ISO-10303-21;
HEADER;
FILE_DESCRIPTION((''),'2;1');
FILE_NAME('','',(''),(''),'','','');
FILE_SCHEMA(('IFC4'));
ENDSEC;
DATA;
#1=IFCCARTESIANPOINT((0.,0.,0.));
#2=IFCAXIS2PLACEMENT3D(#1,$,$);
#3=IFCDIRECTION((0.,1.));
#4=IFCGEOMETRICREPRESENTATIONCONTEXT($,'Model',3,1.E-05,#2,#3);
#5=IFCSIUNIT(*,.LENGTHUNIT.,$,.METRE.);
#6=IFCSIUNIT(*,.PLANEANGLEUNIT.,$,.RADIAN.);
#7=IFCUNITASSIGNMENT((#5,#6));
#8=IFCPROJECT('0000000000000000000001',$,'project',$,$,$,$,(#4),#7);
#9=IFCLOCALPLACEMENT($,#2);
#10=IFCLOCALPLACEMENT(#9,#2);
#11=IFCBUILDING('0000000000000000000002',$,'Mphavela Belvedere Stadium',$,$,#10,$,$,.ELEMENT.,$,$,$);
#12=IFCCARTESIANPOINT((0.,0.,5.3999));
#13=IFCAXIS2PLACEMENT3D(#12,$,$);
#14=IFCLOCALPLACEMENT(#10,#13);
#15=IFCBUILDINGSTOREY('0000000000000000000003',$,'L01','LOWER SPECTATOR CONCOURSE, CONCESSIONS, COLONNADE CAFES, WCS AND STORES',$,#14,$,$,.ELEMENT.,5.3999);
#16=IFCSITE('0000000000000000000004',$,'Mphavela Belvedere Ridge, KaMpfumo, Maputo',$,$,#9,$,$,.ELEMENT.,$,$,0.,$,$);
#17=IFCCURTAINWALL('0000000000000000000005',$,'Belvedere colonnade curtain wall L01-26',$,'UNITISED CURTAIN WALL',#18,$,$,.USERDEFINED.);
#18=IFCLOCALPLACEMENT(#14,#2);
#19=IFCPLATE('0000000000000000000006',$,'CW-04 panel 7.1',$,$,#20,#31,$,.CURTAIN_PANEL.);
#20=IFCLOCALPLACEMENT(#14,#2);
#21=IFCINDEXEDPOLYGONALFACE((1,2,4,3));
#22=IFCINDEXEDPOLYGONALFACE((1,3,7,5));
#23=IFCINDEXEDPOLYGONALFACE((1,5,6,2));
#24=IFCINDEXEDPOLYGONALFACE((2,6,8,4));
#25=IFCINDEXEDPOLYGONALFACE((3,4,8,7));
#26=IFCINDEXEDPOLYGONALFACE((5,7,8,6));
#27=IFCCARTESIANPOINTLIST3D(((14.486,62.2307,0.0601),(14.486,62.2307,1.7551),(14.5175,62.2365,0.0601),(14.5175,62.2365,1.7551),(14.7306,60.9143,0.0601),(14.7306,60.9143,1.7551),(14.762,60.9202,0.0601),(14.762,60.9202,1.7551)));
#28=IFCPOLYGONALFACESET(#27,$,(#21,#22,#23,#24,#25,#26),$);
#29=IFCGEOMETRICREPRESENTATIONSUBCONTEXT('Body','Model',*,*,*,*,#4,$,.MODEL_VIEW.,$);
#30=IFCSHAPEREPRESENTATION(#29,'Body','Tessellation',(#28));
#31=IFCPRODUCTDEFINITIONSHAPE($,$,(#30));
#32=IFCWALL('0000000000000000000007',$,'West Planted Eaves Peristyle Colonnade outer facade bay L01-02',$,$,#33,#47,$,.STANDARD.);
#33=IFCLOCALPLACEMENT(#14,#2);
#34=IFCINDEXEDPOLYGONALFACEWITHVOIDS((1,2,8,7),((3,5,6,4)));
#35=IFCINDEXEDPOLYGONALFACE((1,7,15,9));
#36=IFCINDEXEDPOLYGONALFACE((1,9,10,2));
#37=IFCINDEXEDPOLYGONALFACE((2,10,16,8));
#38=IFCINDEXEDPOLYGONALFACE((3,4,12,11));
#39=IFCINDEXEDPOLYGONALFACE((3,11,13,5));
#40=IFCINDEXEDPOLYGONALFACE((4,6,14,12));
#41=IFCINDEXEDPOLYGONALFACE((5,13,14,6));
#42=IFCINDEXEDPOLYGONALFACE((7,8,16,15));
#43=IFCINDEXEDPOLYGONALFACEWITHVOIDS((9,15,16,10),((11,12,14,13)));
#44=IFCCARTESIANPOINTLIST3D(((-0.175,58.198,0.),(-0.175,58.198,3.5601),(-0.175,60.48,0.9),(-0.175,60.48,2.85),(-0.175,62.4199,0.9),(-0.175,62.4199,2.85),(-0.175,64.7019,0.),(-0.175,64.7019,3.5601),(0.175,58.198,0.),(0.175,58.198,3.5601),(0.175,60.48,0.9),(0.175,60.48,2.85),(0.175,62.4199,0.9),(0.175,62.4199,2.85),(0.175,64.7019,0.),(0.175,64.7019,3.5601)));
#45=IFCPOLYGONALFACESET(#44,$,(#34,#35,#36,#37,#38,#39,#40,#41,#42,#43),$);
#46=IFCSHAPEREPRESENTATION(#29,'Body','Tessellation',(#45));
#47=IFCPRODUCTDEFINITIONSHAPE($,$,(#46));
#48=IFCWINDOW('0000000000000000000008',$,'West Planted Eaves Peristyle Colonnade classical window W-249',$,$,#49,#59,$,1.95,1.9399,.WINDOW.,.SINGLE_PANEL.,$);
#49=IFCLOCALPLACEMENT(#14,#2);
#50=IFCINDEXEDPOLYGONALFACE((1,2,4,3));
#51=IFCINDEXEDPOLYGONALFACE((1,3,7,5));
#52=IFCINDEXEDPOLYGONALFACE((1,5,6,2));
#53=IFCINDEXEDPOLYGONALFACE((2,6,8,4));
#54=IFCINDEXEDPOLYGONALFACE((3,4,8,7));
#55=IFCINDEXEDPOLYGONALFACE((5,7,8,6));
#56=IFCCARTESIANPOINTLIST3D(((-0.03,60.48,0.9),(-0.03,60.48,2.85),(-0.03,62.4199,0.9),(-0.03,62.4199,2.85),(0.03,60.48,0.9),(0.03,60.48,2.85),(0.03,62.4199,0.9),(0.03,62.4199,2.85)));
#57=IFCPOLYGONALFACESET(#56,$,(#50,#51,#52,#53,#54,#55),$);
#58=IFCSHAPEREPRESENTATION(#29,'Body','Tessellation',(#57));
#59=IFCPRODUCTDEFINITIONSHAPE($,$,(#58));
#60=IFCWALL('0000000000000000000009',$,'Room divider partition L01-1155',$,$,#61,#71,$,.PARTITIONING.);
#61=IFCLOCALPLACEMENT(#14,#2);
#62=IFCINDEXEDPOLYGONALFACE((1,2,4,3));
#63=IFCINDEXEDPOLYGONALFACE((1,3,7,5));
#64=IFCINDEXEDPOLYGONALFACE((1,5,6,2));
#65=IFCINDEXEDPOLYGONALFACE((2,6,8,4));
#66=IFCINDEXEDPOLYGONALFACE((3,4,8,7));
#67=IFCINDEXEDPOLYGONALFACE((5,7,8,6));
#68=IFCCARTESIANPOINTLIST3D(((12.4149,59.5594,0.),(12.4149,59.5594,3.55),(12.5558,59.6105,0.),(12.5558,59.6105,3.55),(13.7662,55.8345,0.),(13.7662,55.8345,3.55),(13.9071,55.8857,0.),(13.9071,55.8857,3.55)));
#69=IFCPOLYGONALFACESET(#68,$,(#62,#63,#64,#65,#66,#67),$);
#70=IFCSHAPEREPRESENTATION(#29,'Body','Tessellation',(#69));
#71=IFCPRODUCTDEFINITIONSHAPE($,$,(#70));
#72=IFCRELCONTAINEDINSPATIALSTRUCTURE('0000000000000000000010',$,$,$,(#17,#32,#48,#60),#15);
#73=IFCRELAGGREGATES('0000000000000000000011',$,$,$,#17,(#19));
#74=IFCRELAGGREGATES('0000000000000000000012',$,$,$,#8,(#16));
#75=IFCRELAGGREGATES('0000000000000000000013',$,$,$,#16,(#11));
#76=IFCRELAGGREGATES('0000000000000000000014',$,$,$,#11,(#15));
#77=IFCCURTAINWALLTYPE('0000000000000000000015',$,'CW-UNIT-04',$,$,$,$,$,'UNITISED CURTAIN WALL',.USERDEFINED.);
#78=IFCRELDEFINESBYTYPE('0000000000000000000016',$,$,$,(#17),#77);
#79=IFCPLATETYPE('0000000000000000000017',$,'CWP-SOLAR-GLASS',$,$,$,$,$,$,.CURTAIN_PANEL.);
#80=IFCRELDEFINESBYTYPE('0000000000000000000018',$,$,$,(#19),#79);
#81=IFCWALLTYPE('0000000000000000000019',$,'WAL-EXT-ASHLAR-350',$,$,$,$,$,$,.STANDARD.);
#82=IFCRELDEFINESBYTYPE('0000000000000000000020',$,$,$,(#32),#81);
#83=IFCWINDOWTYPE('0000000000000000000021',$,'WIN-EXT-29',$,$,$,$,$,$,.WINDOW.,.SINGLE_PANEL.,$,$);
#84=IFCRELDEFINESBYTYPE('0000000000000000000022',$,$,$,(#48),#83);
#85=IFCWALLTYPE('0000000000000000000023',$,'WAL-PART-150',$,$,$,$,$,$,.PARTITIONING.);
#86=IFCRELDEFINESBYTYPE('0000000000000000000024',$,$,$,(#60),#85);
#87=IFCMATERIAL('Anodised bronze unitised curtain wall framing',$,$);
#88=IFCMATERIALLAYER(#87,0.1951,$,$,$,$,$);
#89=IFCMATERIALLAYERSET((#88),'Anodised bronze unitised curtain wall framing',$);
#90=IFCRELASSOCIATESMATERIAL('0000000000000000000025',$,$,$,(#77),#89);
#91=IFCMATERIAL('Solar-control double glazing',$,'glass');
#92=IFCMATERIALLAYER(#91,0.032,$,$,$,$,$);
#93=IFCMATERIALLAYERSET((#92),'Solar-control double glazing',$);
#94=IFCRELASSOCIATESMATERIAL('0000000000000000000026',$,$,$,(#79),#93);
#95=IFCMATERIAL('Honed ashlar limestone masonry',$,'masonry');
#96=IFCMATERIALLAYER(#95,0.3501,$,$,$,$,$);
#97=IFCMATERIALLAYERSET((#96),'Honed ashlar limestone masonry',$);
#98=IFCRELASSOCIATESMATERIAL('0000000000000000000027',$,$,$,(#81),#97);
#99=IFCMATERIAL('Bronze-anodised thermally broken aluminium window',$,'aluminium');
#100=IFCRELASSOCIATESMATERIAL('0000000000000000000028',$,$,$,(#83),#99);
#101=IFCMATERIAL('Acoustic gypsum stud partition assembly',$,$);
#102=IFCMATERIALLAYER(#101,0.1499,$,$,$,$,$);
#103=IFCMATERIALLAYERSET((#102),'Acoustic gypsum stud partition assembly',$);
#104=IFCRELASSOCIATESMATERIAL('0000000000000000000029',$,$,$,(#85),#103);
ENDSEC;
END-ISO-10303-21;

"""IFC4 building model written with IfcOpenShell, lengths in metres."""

from ifc_helpers import new_model, si_unit, direction, frame, frame_2d, origin, origin_2d, place, context, subcontext, project, spatial, rectangle, extrude, material, layer, layer_set, type_object, element, fill, aggregate, save


model = new_model("IFC4")

# Units and contexts
model_context = context("Model", 3, precision=1e-05, world=origin(), true_north=direction((0.0, 1.0)))
body_context = subcontext(model_context, "Body", "Model", "MODEL_VIEW")
ifc_project = project(units=[si_unit("LENGTHUNIT", "METRE"), si_unit("PLANEANGLEUNIT", "RADIAN")], contexts=[model_context])

# Site, building, storey
site_placement = place(None, origin())
site = spatial("IfcSite", under=ifc_project, at=site_placement, Name="Mphavela Belvedere Ridge, KaMpfumo, Maputo", CompositionType="ELEMENT", RefElevation=0.0)
building_placement = place(site_placement, origin())
building = spatial("IfcBuilding", under=site, at=building_placement, Name="Mphavela Belvedere Stadium", CompositionType="ELEMENT")
storey_placement = place(building_placement, frame((0.0, 0.0, 5.3999)))
storey = spatial("IfcBuildingStorey", under=building, at=storey_placement, Name="L01", Description="LOWER SPECTATOR CONCOURSE, CONCESSIONS, COLONNADE CAFES, WCS AND STORES", CompositionType="ELEMENT", Elevation=5.3999)

# Curtain wall, plate
ifc_material_1 = material(Name="Anodised bronze unitised curtain wall framing")
ifc_layer_1 = layer(ifc_material_1, 0.1951)
ifc_layer_set_1 = layer_set([ifc_layer_1], Name="Anodised bronze unitised curtain wall framing")
curtain_wall_type = type_object("IfcCurtainWallType", Name="CW-UNIT-04", ElementType="UNITISED CURTAIN WALL", PredefinedType="USERDEFINED", material=ifc_layer_set_1)
curtain_wall_placement = place(storey_placement, origin())
curtain_wall = element("IfcCurtainWall", 1, at=curtain_wall_placement, inside=storey, type_object=curtain_wall_type, Name="Belvedere colonnade curtain wall L01-26", ObjectType="UNITISED CURTAIN WALL", PredefinedType="USERDEFINED")
ifc_material_2 = material(Name="Solar-control double glazing", Category="glass")
ifc_layer_2 = layer(ifc_material_2, 0.032)
ifc_layer_set_2 = layer_set([ifc_layer_2], Name="Solar-control double glazing")
plate_type = type_object("IfcPlateType", Name="CWP-SOLAR-GLASS", PredefinedType="CURTAIN_PANEL", material=ifc_layer_set_2)
plate_1_placement = place(storey_placement, frame((14.624, 61.5754, 0.0601), z_axis=(0.0, 0.0, 1.0), x_axis=(0.18262, -0.983184, 0.0)))
plate_1 = element("IfcPlate", 2, at=plate_1_placement, type_object=plate_type, Name="CW-04 panel 7.1", PredefinedType="CURTAIN_PANEL", context=body_context, shape_type="SweptSolid", body=[
    extrude(rectangle(XDim=1.3389, YDim=0.032, at=origin_2d()), origin(), (0.0, 0.0, 1.0), 1.6951),
])
aggregate(curtain_wall, [plate_1])

# Wall, opening, window
ifc_material_3 = material(Name="Honed ashlar limestone masonry", Category="masonry")
ifc_layer_3 = layer(ifc_material_3, 0.3501)
ifc_layer_set_3 = layer_set([ifc_layer_3], Name="Honed ashlar limestone masonry")
wall_type_1 = type_object("IfcWallType", Name="WAL-EXT-ASHLAR-350", PredefinedType="STANDARD", material=ifc_layer_set_3)
wall_1_placement = place(storey_placement, frame((0.0, 58.198, 0.0), z_axis=(0.0, 0.0, 1.0), x_axis=(0.0, 1.0, 0.0)))
wall_1 = element("IfcWall", 3, at=wall_1_placement, inside=storey, type_object=wall_type_1, Name="West Planted Eaves Peristyle Colonnade outer facade bay L01-02", PredefinedType="STANDARD", context=body_context, shape_type="SweptSolid", body=[
    extrude(rectangle(XDim=6.5039, YDim=0.3501, at=frame_2d((3.252, 0.0))), origin(), (0.0, 0.0, 1.0), 3.5601),
])
opening_placement = place(wall_1_placement, frame((2.282, 0.0, 0.8999)))
opening = element("IfcOpeningElement", 4, at=opening_placement, cuts=wall_1, PredefinedType="OPENING", context=body_context, shape_type="SweptSolid", body=[
    extrude(rectangle(XDim=1.9399, YDim=1.95, at=frame_2d((0.97, 0.9751))), frame((0.0, 0.1851, 0.0), z_axis=(0.0, -1.0, 0.0), x_axis=(1.0, 0.0, 0.0)), (0.0, 0.0, 1.0), 0.3701),
])
ifc_material_4 = material(Name="Bronze-anodised thermally broken aluminium window", Category="aluminium")
window_type = type_object("IfcWindowType", Name="WIN-EXT-29", PartitioningType="SINGLE_PANEL", PredefinedType="WINDOW", material=ifc_material_4)
window_placement = place(opening_placement, origin())
window = element("IfcWindow", 5, at=window_placement, inside=storey, type_object=window_type, Name="West Planted Eaves Peristyle Colonnade classical window W-249", OverallHeight=1.95, OverallWidth=1.9399, PartitioningType="SINGLE_PANEL", PredefinedType="WINDOW", context=body_context, shape_type="SweptSolid", body=[
    extrude(rectangle(XDim=1.9399, YDim=1.95, at=frame_2d((0.97, 0.9751))), frame((0.0, 0.03, 0.0), z_axis=(0.0, -1.0, 0.0), x_axis=(1.0, 0.0, 0.0)), (0.0, 0.0, 1.0), 0.0601),
])
fill(opening, window)

# Wall
ifc_material_5 = material(Name="Acoustic gypsum stud partition assembly")
ifc_layer_4 = layer(ifc_material_5, 0.1499)
ifc_layer_set_4 = layer_set([ifc_layer_4], Name="Acoustic gypsum stud partition assembly")
wall_type_2 = type_object("IfcWallType", Name="WAL-PART-150", PredefinedType="PARTITIONING", material=ifc_layer_set_4)
wall_2_placement = place(storey_placement, frame((12.4854, 59.585, 0.0), z_axis=(0.0, 0.0, 1.0), x_axis=(0.341036, -0.94005, 0.0)))
element("IfcWall", 6, at=wall_2_placement, inside=storey, type_object=wall_type_2, Name="Room divider partition L01-1155", PredefinedType="PARTITIONING", context=body_context, shape_type="SweptSolid", body=[
    extrude(rectangle(XDim=3.9624, YDim=0.1499, at=frame_2d((1.9812, 0.0))), origin(), (0.0, 0.0, 1.0), 3.55),
])

save(model, "model.ifc")
